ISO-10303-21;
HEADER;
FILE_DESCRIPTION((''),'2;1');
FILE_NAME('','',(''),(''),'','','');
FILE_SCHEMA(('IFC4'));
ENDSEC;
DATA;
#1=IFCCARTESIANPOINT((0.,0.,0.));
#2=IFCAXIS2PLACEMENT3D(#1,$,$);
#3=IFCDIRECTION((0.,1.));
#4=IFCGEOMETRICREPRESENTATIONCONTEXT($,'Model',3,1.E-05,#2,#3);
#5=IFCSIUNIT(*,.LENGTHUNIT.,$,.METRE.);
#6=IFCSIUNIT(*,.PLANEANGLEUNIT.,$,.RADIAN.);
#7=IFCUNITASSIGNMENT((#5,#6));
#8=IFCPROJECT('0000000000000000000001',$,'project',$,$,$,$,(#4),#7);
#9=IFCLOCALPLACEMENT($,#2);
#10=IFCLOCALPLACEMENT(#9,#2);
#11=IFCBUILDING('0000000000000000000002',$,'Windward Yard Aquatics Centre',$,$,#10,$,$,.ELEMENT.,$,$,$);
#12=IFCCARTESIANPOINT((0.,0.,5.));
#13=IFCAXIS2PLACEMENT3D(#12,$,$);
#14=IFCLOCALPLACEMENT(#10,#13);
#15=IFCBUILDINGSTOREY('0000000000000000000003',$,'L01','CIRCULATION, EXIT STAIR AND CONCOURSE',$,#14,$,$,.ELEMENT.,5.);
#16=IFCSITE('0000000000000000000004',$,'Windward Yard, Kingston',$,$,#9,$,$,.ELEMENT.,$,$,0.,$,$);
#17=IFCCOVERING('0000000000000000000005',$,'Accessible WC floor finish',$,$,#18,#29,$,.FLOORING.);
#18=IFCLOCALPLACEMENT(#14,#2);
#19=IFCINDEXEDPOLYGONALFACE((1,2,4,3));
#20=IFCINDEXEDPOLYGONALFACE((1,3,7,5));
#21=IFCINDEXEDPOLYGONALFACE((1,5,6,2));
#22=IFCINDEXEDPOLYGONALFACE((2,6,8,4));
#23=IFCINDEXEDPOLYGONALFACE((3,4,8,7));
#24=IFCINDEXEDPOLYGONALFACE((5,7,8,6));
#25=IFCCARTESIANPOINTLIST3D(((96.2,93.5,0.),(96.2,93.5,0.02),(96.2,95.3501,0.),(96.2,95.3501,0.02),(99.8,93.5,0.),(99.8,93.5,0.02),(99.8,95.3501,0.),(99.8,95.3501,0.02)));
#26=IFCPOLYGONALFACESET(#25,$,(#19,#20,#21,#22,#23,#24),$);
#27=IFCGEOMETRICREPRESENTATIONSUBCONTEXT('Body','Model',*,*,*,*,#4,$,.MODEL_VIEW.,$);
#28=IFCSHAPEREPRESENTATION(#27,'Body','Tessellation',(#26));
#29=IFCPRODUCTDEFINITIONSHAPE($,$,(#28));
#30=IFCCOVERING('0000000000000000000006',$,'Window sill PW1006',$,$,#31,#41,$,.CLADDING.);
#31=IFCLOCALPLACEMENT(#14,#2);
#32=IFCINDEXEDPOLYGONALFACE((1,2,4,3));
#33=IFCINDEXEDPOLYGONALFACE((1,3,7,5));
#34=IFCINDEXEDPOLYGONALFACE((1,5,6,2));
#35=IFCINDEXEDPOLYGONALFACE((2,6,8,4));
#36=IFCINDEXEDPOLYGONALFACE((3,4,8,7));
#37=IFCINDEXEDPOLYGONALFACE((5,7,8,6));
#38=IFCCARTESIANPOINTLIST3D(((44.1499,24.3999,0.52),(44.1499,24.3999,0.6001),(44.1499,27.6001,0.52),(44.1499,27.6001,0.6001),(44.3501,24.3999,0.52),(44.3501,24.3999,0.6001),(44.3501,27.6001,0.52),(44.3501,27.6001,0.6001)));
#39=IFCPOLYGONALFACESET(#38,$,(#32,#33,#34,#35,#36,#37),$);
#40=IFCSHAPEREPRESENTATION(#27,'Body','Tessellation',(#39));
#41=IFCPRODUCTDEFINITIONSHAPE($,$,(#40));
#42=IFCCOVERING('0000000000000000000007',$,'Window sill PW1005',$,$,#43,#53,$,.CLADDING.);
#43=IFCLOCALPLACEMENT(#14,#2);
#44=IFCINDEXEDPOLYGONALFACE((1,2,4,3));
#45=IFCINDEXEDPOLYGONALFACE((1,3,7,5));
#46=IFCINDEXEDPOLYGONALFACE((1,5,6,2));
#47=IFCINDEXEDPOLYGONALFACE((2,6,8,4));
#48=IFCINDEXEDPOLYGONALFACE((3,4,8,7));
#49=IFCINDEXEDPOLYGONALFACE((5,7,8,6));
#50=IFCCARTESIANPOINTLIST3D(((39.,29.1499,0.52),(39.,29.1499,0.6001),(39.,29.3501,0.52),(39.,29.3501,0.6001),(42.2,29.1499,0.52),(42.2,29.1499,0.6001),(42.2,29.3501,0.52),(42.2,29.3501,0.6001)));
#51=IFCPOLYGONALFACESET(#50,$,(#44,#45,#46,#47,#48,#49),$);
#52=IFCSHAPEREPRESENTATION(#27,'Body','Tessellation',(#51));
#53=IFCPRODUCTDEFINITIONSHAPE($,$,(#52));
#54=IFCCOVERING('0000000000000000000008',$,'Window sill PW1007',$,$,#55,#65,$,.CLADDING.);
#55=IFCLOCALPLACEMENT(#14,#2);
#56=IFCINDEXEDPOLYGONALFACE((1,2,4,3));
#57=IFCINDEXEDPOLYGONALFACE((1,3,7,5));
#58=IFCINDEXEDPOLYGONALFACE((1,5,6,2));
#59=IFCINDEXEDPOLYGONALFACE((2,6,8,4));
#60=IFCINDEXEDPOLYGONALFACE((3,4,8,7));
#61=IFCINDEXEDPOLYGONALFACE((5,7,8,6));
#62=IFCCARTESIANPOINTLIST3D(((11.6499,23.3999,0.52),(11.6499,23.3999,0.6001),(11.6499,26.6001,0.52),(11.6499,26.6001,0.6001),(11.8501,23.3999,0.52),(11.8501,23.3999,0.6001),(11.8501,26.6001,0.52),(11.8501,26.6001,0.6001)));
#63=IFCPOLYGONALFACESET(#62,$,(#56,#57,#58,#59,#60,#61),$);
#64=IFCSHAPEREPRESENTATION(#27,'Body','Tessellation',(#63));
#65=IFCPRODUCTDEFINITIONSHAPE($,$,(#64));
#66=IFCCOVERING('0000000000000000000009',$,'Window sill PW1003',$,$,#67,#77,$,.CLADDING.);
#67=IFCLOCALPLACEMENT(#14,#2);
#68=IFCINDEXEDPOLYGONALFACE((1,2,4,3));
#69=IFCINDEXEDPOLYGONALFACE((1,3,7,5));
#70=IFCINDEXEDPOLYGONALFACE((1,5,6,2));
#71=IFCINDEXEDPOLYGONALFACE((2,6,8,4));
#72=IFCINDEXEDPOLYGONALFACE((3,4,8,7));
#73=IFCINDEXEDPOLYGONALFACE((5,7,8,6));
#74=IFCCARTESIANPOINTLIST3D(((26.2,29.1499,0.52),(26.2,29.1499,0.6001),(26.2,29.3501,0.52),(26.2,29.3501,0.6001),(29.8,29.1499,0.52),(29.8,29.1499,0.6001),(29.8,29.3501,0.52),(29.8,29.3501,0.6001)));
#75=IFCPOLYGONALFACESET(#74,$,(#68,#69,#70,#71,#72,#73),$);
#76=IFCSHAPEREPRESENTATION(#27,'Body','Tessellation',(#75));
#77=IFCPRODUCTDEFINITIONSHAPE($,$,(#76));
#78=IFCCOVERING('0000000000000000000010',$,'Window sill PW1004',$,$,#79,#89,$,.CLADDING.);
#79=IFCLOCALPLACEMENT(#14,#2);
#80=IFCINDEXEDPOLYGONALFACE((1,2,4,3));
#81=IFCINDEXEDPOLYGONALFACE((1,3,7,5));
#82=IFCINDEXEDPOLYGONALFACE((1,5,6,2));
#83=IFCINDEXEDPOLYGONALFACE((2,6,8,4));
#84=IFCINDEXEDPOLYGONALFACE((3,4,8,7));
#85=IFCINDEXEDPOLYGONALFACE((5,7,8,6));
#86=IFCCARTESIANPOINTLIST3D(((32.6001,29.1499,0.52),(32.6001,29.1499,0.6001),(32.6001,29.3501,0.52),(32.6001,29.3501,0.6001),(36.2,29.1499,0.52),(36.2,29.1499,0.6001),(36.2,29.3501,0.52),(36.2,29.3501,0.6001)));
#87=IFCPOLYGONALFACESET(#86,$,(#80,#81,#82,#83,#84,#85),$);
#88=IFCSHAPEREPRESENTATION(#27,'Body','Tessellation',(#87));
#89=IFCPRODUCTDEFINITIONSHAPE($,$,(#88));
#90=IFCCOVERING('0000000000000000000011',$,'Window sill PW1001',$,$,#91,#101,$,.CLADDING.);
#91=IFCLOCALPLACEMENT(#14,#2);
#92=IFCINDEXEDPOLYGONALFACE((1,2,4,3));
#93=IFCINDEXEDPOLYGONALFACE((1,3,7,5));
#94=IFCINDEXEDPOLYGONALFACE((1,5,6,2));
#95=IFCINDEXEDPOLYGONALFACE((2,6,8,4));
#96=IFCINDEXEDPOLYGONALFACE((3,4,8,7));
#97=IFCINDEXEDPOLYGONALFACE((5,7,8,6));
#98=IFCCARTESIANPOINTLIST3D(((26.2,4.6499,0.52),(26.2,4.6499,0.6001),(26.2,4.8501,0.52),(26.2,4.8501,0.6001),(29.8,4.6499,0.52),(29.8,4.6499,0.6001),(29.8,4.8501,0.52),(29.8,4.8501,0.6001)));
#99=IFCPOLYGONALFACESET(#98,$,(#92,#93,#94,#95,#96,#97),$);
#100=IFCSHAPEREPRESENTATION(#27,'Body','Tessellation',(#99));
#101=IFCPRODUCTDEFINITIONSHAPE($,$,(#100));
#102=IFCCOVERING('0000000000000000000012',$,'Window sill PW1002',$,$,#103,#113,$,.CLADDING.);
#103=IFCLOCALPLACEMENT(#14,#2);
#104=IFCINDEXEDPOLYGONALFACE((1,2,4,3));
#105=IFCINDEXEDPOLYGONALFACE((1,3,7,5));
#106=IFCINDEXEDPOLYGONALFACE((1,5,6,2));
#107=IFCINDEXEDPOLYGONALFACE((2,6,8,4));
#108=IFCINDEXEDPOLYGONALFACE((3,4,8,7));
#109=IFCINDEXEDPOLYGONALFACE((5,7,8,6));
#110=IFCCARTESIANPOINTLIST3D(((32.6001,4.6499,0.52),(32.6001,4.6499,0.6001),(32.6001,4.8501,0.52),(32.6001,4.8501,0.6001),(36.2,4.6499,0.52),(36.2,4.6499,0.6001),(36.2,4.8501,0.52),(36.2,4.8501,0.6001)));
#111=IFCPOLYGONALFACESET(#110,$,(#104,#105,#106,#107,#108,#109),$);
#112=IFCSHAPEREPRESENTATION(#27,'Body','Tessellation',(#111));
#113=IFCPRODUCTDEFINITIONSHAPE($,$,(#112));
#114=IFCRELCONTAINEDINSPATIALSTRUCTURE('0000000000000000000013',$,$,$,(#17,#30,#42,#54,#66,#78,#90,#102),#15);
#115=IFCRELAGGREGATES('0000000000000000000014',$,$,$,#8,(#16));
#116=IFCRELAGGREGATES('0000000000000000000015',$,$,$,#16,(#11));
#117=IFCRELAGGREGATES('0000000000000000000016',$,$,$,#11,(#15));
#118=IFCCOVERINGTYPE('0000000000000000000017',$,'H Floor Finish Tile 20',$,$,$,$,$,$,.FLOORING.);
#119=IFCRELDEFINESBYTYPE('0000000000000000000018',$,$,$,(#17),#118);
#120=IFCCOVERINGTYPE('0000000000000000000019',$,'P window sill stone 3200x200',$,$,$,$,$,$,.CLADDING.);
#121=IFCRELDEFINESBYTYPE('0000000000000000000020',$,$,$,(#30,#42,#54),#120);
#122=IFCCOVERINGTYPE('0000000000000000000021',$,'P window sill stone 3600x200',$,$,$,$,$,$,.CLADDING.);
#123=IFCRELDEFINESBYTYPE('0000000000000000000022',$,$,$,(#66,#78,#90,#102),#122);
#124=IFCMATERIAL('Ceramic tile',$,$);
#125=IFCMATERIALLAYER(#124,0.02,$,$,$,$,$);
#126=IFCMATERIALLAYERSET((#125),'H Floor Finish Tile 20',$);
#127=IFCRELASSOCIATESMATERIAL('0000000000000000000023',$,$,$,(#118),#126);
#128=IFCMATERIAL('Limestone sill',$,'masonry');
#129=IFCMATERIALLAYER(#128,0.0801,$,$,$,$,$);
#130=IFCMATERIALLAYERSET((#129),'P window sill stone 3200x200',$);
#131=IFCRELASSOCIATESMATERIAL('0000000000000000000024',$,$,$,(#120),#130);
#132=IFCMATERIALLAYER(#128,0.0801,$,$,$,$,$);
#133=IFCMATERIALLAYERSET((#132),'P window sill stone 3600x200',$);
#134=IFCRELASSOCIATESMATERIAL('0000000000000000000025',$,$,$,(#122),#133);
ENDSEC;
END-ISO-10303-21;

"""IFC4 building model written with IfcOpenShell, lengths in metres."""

from ifc_helpers import new_model, si_unit, direction, frame, origin, place, context, subcontext, project, spatial, polyline, outline, extrude, material, layer, layer_set, type_object, element, save


model = new_model("IFC4")

# Units and contexts
model_context = context("Model", 3, precision=1e-05, world=origin(), true_north=direction((0.0, 1.0)))
body_context = subcontext(model_context, "Body", "Model", "MODEL_VIEW")
ifc_project = project(units=[si_unit("LENGTHUNIT", "METRE"), si_unit("PLANEANGLEUNIT", "RADIAN")], contexts=[model_context])

# Site, building, storey
site_placement = place(None, origin())
site = spatial("IfcSite", under=ifc_project, at=site_placement, Name="Windward Yard, Kingston", CompositionType="ELEMENT", RefElevation=0.0)
building_placement = place(site_placement, origin())
building = spatial("IfcBuilding", under=site, at=building_placement, Name="Windward Yard Aquatics Centre", CompositionType="ELEMENT")
storey_placement = place(building_placement, frame((0.0, 0.0, 5.0)))
storey = spatial("IfcBuildingStorey", under=building, at=storey_placement, Name="L01", Description="CIRCULATION, EXIT STAIR AND CONCOURSE", CompositionType="ELEMENT", Elevation=5.0)

# Coverings
ifc_material_1 = material(Name="Limestone sill", Category="masonry")
ifc_material_2 = material(Name="Ceramic tile")
ifc_layer_1 = layer(ifc_material_2, 0.02)
ifc_layer_set_1 = layer_set([ifc_layer_1], Name="H Floor Finish Tile 20")
covering_type_1 = type_object("IfcCoveringType", Name="H Floor Finish Tile 20", PredefinedType="FLOORING", material=ifc_layer_set_1)
covering_1_placement = place(storey_placement, origin())
element("IfcCovering", 1, at=covering_1_placement, inside=storey, type_object=covering_type_1, Name="Accessible WC floor finish", PredefinedType="FLOORING", context=body_context, shape_type="SweptSolid", body=[
    extrude(outline(polyline([(96.2, 93.5), (96.2, 95.3501), (99.8, 95.3501), (99.8, 93.5), (96.2, 93.5)])), origin(), (0.0, 0.0, 1.0), 0.02),
])
ifc_layer_2 = layer(ifc_material_1, 0.0801)
ifc_layer_set_2 = layer_set([ifc_layer_2], Name="P window sill stone 3200x200")
covering_type_2 = type_object("IfcCoveringType", Name="P window sill stone 3200x200", PredefinedType="CLADDING", material=ifc_layer_set_2)
covering_2_placement = place(storey_placement, frame((0.0, 0.0, 0.52)))
element("IfcCovering", 2, at=covering_2_placement, inside=storey, type_object=covering_type_2, Name="Window sill PW1006", PredefinedType="CLADDING", context=body_context, shape_type="SweptSolid", body=[
    extrude(outline(polyline([(44.1499, 24.3999), (44.1499, 27.6001), (44.3501, 27.6001), (44.3501, 24.3999), (44.1499, 24.3999)])), origin(), (0.0, 0.0, 1.0), 0.0801),
])
covering_3_placement = place(storey_placement, frame((0.0, 0.0, 0.52)))
element("IfcCovering", 3, at=covering_3_placement, inside=storey, type_object=covering_type_2, Name="Window sill PW1005", PredefinedType="CLADDING", context=body_context, shape_type="SweptSolid", body=[
    extrude(outline(polyline([(39.0, 29.1499), (42.2, 29.1499), (42.2, 29.3501), (39.0, 29.3501), (39.0, 29.1499)])), origin(), (0.0, 0.0, 1.0), 0.0801),
])
covering_4_placement = place(storey_placement, frame((0.0, 0.0, 0.52)))
element("IfcCovering", 4, at=covering_4_placement, inside=storey, type_object=covering_type_2, Name="Window sill PW1007", PredefinedType="CLADDING", context=body_context, shape_type="SweptSolid", body=[
    extrude(outline(polyline([(11.6499, 23.3999), (11.8501, 23.3999), (11.8501, 26.6001), (11.6499, 26.6001), (11.6499, 23.3999)])), origin(), (0.0, 0.0, 1.0), 0.0801),
])
ifc_layer_3 = layer(ifc_material_1, 0.0801)
ifc_layer_set_3 = layer_set([ifc_layer_3], Name="P window sill stone 3600x200")
covering_type_3 = type_object("IfcCoveringType", Name="P window sill stone 3600x200", PredefinedType="CLADDING", material=ifc_layer_set_3)
covering_5_placement = place(storey_placement, frame((0.0, 0.0, 0.52)))
element("IfcCovering", 5, at=covering_5_placement, inside=storey, type_object=covering_type_3, Name="Window sill PW1003", PredefinedType="CLADDING", context=body_context, shape_type="SweptSolid", body=[
    extrude(outline(polyline([(26.2, 29.1499), (29.8, 29.1499), (29.8, 29.3501), (26.2, 29.3501), (26.2, 29.1499)])), origin(), (0.0, 0.0, 1.0), 0.0801),
])
covering_6_placement = place(storey_placement, frame((0.0, 0.0, 0.52)))
element("IfcCovering", 6, at=covering_6_placement, inside=storey, type_object=covering_type_3, Name="Window sill PW1004", PredefinedType="CLADDING", context=body_context, shape_type="SweptSolid", body=[
    extrude(outline(polyline([(32.6001, 29.1499), (36.2, 29.1499), (36.2, 29.3501), (32.6001, 29.3501), (32.6001, 29.1499)])), origin(), (0.0, 0.0, 1.0), 0.0801),
])
covering_7_placement = place(storey_placement, frame((0.0, 0.0, 0.52)))
element("IfcCovering", 7, at=covering_7_placement, inside=storey, type_object=covering_type_3, Name="Window sill PW1001", PredefinedType="CLADDING", context=body_context, shape_type="SweptSolid", body=[
    extrude(outline(polyline([(26.2, 4.6499), (26.2, 4.8501), (29.8, 4.8501), (29.8, 4.6499), (26.2, 4.6499)])), origin(), (0.0, 0.0, 1.0), 0.0801),
])
covering_8_placement = place(storey_placement, frame((0.0, 0.0, 0.52)))
element("IfcCovering", 8, at=covering_8_placement, inside=storey, type_object=covering_type_3, Name="Window sill PW1002", PredefinedType="CLADDING", context=body_context, shape_type="SweptSolid", body=[
    extrude(outline(polyline([(32.6001, 4.6499), (32.6001, 4.8501), (36.2, 4.8501), (36.2, 4.6499), (32.6001, 4.6499)])), origin(), (0.0, 0.0, 1.0), 0.0801),
])

save(model, "model.ifc")
